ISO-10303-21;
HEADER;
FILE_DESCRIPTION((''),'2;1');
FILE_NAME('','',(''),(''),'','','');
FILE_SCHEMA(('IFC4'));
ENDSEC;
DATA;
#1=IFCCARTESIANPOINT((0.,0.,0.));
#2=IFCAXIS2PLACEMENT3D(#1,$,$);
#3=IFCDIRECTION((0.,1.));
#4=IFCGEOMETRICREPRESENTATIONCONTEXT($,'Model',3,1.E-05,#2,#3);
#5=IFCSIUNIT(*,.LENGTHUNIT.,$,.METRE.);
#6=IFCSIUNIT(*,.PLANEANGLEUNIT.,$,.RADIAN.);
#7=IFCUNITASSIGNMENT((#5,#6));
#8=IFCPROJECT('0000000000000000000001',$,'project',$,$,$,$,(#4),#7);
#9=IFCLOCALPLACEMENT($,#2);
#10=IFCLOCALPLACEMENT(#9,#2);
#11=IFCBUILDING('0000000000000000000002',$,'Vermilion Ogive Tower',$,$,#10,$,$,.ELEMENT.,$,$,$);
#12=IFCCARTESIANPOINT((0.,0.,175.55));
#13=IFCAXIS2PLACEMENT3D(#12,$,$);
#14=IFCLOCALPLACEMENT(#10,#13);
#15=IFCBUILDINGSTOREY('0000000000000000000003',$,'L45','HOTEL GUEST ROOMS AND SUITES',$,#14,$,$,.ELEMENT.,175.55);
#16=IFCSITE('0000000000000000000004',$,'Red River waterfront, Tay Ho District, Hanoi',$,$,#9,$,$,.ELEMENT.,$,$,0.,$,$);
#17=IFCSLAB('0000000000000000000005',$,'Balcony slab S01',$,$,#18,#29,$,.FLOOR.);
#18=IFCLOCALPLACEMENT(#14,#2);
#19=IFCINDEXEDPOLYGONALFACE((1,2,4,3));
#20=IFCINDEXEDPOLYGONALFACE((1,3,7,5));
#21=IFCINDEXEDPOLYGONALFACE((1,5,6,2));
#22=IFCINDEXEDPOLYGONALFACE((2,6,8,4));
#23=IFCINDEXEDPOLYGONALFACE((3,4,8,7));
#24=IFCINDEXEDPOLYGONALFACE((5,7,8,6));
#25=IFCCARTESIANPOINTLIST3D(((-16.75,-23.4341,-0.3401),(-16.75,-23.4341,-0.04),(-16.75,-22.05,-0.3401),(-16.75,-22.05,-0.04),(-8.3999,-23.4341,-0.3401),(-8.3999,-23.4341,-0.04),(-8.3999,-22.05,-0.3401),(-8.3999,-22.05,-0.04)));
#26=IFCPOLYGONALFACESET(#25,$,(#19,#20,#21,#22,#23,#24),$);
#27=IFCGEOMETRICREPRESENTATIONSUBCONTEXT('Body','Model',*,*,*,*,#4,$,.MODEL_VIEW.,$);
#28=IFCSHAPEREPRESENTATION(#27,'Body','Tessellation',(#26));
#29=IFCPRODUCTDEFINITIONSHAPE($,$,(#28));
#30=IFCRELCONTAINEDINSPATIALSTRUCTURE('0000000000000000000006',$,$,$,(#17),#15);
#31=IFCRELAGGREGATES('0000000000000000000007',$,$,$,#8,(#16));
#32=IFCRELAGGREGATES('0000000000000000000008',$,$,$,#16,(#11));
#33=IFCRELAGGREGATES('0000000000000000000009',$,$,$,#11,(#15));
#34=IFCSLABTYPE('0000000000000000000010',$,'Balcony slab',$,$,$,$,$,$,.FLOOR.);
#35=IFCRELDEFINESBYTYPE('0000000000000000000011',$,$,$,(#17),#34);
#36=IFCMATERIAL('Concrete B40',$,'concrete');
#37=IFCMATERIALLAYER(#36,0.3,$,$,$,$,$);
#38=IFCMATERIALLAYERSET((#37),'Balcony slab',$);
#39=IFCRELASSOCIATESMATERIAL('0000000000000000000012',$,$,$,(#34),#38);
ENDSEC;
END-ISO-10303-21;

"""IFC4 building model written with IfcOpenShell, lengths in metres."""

from ifc_helpers import new_model, si_unit, direction, frame, origin, place, context, subcontext, project, spatial, polyline, outline, extrude, material, layer, layer_set, type_object, element, save


model = new_model("IFC4")

# Units and contexts
model_context = context("Model", 3, precision=1e-05, world=origin(), true_north=direction((0.0, 1.0)))
body_context = subcontext(model_context, "Body", "Model", "MODEL_VIEW")
ifc_project = project(units=[si_unit("LENGTHUNIT", "METRE"), si_unit("PLANEANGLEUNIT", "RADIAN")], contexts=[model_context])

# Site, building, storey
site_placement = place(None, origin())
site = spatial("IfcSite", under=ifc_project, at=site_placement, Name="Red River waterfront, Tay Ho District, Hanoi", CompositionType="ELEMENT", RefElevation=0.0)
building_placement = place(site_placement, origin())
building = spatial("IfcBuilding", under=site, at=building_placement, Name="Vermilion Ogive Tower", CompositionType="ELEMENT")
storey_placement = place(building_placement, frame((0.0, 0.0, 175.55)))
storey = spatial("IfcBuildingStorey", under=building, at=storey_placement, Name="L45", Description="HOTEL GUEST ROOMS AND SUITES", CompositionType="ELEMENT", Elevation=175.55)

# Slab
ifc_material_1 = material(Name="Concrete B40", Category="concrete")
ifc_layer_1 = layer(ifc_material_1, 0.3)
ifc_layer_set_1 = layer_set([ifc_layer_1], Name="Balcony slab")
slab_type_1 = type_object("IfcSlabType", Name="Balcony slab", PredefinedType="FLOOR", material=ifc_layer_set_1)
slab_1_placement = place(storey_placement, frame((0.0, 0.0, -0.3401)))
element("IfcSlab", 1, at=slab_1_placement, inside=storey, type_object=slab_type_1, Name="Balcony slab S01", PredefinedType="FLOOR", context=body_context, shape_type="SweptSolid", body=[
    extrude(outline(polyline([(-16.75, -23.4341), (-8.3999, -23.4341), (-8.3999, -22.05), (-16.75, -22.05), (-16.75, -23.4341)])), origin(), (0.0, 0.0, 1.0), 0.3),
])

save(model, "model.ifc")
